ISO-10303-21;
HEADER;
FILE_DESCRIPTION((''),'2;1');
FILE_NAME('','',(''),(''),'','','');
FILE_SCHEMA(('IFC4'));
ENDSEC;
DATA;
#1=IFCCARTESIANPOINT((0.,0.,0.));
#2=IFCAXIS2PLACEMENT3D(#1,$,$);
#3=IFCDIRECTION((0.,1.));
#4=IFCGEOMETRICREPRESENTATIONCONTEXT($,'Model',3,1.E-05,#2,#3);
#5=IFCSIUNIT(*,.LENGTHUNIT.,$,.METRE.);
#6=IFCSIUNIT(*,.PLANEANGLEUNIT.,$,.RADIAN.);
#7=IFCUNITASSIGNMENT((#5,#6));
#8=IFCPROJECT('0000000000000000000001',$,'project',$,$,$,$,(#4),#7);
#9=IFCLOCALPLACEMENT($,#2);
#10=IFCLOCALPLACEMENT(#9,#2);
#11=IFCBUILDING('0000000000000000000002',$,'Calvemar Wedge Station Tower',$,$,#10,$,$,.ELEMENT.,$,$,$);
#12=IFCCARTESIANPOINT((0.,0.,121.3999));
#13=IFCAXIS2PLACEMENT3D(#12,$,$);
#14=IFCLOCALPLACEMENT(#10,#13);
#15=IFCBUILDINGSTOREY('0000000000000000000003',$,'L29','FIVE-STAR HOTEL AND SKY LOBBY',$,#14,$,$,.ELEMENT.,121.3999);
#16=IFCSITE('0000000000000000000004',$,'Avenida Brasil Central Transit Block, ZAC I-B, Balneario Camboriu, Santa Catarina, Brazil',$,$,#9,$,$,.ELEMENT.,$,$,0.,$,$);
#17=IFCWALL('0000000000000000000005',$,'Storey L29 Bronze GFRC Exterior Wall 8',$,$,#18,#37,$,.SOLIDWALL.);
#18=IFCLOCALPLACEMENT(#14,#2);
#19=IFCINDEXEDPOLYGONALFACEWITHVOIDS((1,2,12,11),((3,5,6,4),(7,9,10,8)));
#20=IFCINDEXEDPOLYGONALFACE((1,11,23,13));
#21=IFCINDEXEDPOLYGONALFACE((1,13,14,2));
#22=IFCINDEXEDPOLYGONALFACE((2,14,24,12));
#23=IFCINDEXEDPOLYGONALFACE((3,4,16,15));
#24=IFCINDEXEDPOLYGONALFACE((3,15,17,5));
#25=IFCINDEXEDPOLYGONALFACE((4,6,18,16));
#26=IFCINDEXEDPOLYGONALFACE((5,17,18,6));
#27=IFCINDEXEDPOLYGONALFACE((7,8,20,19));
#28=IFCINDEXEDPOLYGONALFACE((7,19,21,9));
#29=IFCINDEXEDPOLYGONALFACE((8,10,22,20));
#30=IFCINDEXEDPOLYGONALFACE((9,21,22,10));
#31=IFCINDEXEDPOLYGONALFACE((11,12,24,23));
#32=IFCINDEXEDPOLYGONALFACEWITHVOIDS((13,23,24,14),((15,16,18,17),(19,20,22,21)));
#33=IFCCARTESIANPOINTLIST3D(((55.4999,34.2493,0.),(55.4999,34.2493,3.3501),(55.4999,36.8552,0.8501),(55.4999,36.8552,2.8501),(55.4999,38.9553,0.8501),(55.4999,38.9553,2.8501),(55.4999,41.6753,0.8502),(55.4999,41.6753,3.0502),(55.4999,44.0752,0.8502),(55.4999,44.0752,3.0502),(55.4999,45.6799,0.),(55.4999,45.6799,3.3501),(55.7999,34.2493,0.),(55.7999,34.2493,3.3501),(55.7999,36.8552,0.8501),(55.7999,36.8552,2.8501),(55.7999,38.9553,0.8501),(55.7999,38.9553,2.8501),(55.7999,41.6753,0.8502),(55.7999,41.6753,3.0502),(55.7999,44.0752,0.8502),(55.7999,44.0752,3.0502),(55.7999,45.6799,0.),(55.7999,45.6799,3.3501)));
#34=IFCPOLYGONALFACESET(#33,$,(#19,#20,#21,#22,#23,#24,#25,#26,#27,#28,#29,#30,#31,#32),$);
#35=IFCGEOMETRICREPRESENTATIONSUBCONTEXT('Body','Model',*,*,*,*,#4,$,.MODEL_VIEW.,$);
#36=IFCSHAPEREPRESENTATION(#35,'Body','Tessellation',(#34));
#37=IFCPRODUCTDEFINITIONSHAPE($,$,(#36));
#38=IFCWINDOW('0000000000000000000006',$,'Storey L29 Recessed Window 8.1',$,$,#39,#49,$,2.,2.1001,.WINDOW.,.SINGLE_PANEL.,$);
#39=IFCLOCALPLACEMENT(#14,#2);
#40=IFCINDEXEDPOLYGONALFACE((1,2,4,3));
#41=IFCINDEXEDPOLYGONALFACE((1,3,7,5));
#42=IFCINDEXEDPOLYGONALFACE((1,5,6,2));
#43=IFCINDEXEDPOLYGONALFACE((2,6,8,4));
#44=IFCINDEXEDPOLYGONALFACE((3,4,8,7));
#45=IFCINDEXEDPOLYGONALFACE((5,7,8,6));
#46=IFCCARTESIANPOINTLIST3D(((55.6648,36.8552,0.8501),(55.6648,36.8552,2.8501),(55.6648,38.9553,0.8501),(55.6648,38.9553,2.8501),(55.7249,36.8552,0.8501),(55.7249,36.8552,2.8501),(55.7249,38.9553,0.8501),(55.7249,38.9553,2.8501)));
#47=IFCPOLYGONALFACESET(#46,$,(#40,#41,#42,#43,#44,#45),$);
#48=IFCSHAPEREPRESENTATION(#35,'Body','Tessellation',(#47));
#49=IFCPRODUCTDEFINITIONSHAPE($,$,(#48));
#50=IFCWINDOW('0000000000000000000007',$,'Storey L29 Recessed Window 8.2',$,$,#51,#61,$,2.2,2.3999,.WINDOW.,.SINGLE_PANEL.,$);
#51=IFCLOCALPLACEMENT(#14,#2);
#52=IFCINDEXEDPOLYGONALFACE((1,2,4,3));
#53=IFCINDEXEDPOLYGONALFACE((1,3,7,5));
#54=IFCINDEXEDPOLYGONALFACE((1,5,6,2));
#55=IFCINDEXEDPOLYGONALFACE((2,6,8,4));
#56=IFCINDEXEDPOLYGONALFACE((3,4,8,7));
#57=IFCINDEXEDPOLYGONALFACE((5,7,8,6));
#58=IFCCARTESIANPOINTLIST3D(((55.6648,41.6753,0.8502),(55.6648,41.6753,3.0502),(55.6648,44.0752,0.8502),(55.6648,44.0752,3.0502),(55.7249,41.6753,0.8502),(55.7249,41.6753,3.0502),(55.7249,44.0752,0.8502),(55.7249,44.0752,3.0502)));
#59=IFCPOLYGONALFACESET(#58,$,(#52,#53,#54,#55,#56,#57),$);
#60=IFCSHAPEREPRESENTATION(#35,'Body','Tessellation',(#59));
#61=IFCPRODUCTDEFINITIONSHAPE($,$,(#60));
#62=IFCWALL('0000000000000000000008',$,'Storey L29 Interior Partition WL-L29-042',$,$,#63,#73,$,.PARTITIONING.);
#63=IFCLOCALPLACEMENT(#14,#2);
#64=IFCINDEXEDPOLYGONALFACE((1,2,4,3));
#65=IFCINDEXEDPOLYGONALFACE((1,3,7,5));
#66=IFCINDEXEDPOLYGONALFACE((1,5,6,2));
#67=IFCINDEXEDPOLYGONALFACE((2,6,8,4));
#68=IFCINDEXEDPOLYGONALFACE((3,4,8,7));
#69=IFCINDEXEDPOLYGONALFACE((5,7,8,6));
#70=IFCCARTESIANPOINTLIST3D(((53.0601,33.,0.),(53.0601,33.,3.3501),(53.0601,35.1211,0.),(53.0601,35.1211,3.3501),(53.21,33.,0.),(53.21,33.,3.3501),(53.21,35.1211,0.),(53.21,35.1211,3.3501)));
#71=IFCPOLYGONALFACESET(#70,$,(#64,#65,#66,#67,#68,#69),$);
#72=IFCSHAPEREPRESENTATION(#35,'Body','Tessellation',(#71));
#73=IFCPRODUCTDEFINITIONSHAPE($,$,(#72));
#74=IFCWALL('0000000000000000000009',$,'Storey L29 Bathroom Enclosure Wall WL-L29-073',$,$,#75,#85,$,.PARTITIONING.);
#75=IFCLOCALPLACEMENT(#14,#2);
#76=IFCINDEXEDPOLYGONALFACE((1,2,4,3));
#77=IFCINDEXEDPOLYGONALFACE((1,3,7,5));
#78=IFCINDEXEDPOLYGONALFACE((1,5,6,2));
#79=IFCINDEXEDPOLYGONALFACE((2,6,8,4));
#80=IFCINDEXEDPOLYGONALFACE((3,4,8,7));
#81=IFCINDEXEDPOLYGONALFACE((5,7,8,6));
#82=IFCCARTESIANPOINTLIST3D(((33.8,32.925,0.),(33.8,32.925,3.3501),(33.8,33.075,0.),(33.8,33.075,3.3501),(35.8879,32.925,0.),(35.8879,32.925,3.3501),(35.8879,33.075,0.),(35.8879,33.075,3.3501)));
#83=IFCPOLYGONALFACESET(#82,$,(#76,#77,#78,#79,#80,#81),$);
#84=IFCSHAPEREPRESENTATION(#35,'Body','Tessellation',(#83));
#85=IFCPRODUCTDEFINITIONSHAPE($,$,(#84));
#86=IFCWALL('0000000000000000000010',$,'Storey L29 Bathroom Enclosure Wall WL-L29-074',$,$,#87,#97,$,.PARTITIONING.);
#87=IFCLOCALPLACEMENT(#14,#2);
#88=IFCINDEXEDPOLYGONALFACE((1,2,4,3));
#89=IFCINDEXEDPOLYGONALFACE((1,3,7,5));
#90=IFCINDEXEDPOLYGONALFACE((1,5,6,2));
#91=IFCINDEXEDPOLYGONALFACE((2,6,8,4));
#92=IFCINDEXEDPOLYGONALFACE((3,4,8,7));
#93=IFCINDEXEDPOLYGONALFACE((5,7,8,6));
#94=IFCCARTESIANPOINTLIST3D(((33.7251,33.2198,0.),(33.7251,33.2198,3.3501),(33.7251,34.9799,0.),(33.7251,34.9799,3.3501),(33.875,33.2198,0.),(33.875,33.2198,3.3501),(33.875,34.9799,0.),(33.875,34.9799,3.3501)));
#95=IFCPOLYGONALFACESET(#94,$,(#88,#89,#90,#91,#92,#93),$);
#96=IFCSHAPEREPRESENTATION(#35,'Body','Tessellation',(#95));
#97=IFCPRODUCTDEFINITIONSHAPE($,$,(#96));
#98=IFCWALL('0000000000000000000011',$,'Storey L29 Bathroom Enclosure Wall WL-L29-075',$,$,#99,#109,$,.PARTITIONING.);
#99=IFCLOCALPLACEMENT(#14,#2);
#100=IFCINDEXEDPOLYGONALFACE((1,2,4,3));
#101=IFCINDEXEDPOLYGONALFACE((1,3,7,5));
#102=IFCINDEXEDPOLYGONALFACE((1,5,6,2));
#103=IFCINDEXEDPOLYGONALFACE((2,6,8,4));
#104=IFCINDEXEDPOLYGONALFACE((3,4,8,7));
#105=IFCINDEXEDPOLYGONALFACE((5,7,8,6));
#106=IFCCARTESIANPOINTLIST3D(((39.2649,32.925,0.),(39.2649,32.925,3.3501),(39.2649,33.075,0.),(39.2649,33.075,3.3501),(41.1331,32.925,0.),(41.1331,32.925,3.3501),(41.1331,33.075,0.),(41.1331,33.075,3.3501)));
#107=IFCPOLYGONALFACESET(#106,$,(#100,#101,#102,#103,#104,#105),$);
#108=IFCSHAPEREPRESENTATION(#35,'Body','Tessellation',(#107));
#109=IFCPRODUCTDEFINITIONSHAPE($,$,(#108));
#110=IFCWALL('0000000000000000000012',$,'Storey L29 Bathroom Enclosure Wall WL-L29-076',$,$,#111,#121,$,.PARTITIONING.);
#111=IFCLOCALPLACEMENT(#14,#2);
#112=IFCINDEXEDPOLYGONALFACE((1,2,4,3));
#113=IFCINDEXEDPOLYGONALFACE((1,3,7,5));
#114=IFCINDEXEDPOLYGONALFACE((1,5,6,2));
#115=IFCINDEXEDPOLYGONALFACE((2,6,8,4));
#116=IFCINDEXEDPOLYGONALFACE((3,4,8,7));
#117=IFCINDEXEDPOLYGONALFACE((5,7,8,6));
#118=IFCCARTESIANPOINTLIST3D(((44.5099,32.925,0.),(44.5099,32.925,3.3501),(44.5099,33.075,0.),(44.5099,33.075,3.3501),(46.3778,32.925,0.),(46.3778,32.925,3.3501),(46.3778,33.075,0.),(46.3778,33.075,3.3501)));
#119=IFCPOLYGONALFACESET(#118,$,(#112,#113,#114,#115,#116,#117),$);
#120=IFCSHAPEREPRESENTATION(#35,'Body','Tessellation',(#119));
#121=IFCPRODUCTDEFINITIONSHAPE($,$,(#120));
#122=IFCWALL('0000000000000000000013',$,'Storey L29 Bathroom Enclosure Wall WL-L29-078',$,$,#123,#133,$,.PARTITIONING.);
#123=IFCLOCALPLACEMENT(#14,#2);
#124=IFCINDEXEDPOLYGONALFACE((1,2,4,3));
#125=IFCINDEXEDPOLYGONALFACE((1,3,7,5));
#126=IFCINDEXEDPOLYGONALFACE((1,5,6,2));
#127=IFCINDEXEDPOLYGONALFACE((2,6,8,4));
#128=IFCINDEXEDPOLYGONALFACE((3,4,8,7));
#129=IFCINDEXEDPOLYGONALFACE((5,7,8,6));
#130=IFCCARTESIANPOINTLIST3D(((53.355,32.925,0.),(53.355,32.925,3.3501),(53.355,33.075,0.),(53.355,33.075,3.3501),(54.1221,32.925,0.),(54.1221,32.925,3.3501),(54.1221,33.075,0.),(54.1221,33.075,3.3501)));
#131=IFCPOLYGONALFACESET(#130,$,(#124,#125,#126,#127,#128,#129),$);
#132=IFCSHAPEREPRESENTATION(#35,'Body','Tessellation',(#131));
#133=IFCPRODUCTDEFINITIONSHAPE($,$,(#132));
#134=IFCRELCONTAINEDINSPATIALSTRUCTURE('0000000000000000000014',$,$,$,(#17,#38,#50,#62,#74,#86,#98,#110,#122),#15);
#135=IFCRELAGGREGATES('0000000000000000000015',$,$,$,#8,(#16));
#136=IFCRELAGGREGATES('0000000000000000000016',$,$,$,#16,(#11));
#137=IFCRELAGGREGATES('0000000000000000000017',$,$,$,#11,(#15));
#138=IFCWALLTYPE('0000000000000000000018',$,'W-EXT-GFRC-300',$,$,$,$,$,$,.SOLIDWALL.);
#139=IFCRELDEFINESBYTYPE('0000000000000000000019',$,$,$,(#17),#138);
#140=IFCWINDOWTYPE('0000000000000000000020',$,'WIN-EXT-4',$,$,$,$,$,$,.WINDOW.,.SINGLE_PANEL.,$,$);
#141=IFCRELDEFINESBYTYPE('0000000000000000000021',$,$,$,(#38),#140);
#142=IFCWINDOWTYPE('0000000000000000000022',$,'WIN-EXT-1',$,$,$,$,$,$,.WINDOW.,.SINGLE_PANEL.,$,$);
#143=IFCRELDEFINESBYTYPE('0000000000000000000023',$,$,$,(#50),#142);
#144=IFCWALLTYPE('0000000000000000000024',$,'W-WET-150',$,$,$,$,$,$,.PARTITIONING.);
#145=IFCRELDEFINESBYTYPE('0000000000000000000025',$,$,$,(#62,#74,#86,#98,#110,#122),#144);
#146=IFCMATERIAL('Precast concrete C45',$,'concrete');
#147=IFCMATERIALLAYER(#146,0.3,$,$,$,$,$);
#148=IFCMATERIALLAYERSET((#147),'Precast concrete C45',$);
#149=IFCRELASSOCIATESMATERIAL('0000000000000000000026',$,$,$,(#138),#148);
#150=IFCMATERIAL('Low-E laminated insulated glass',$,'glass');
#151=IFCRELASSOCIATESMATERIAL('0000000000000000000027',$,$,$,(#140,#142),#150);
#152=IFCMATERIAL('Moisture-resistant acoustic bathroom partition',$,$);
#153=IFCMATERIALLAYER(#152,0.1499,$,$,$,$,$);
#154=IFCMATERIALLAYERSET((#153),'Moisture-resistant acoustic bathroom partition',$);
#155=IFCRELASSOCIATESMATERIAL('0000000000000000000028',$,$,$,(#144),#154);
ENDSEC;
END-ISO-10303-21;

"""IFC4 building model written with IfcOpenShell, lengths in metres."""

from ifc_helpers import new_model, si_unit, direction, frame, frame_2d, origin, place, context, subcontext, project, spatial, rectangle, extrude, source, transform, mapped, material, layer, layer_set, type_object, element, fill, save


model = new_model("IFC4")

# Units and contexts
model_context = context("Model", 3, precision=1e-05, world=origin(), true_north=direction((0.0, 1.0)))
body_context = subcontext(model_context, "Body", "Model", "MODEL_VIEW")
ifc_project = project(units=[si_unit("LENGTHUNIT", "METRE"), si_unit("PLANEANGLEUNIT", "RADIAN")], contexts=[model_context])

# Site, building, storey
site_placement = place(None, origin())
site = spatial("IfcSite", under=ifc_project, at=site_placement, Name="Avenida Brasil Central Transit Block, ZAC I-B, Balneario Camboriu, Santa Catarina, Brazil", CompositionType="ELEMENT", RefElevation=0.0)
building_placement = place(site_placement, origin())
building = spatial("IfcBuilding", under=site, at=building_placement, Name="Calvemar Wedge Station Tower", CompositionType="ELEMENT")
storey_placement = place(building_placement, frame((0.0, 0.0, 121.3999)))
storey = spatial("IfcBuildingStorey", under=building, at=storey_placement, Name="L29", Description="FIVE-STAR HOTEL AND SKY LOBBY", CompositionType="ELEMENT", Elevation=121.3999)

# Shared definitions
ifc_material_1 = material(Name="Low-E laminated insulated glass", Category="glass")

# Shared definitions
ifc_material_2 = material(Name="Precast concrete C45", Category="concrete")
ifc_layer_1 = layer(ifc_material_2, 0.3)
ifc_layer_set_1 = layer_set([ifc_layer_1], Name="Precast concrete C45")
wall_type_1 = type_object("IfcWallType", Name="W-EXT-GFRC-300", PredefinedType="SOLIDWALL", material=ifc_layer_set_1)

# Wall, openings, windows
wall_1_placement = place(storey_placement, frame((55.6499, 34.2493, 0.0), z_axis=(0.0, 0.0, 1.0), x_axis=(0.0, 1.0, 0.0)))
wall_1 = element("IfcWall", 1, at=wall_1_placement, inside=storey, type_object=wall_type_1, Name="Storey L29 Bronze GFRC Exterior Wall 8", PredefinedType="SOLIDWALL", context=body_context, shape_type="SweptSolid", body=[
    extrude(rectangle(XDim=11.4307, YDim=0.3, at=frame_2d((5.7153, 0.0))), origin(), (0.0, 0.0, 1.0), 3.3501),
])
shared_shape_1 = source(origin(), body_context, "Body", "SweptSolid", [
    extrude(rectangle(XDim=2.1001, YDim=2.0, at=frame_2d((1.05, 1.0))), frame((0.0, 0.1602, 0.0), z_axis=(0.0, -1.0, 0.0), x_axis=(1.0, 0.0, 0.0)), (0.0, 0.0, 1.0), 0.3201),
])
opening_1_placement = place(wall_1_placement, frame((2.606, 0.0, 0.8501)))
opening_1 = element("IfcOpeningElement", 2, at=opening_1_placement, cuts=wall_1, PredefinedType="OPENING", context=body_context, shape_type="MappedRepresentation", body=[
    mapped(shared_shape_1, transform((0.0, 0.0, 0.0), scale=1.0)),
])
shared_shape_2 = source(origin(), body_context, "Body", "SweptSolid", [
    extrude(rectangle(XDim=2.3999, YDim=2.2, at=frame_2d((1.2, 1.1001))), frame((0.0, 0.1602, 0.0), z_axis=(0.0, -1.0, 0.0), x_axis=(1.0, 0.0, 0.0)), (0.0, 0.0, 1.0), 0.3201),
])
opening_2_placement = place(wall_1_placement, frame((7.426, 0.0, 0.8501)))
opening_2 = element("IfcOpeningElement", 3, at=opening_2_placement, cuts=wall_1, PredefinedType="OPENING", context=body_context, shape_type="MappedRepresentation", body=[
    mapped(shared_shape_2, transform((0.0, 0.0, 0.0), scale=1.0)),
])
window_type_1 = type_object("IfcWindowType", Name="WIN-EXT-4", PartitioningType="SINGLE_PANEL", PredefinedType="WINDOW", material=ifc_material_1)
shared_shape_3 = source(origin(), body_context, "Body", "SweptSolid", [
    extrude(rectangle(XDim=2.1001, YDim=2.0, at=frame_2d((1.05, 1.0))), frame((0.0, -0.0149, 0.0), z_axis=(0.0, -1.0, 0.0), x_axis=(1.0, 0.0, 0.0)), (0.0, 0.0, 1.0), 0.0601),
])
window_1_placement = place(opening_1_placement, origin())
window_1 = element("IfcWindow", 4, at=window_1_placement, inside=storey, type_object=window_type_1, Name="Storey L29 Recessed Window 8.1", OverallHeight=2.0, OverallWidth=2.1001, PartitioningType="SINGLE_PANEL", PredefinedType="WINDOW", context=body_context, shape_type="MappedRepresentation", body=[
    mapped(shared_shape_3, transform((0.0, 0.0, 0.0), scale=1.0)),
])
fill(opening_1, window_1)
window_type_2 = type_object("IfcWindowType", Name="WIN-EXT-1", PartitioningType="SINGLE_PANEL", PredefinedType="WINDOW", material=ifc_material_1)
shared_shape_4 = source(origin(), body_context, "Body", "SweptSolid", [
    extrude(rectangle(XDim=2.3999, YDim=2.2, at=frame_2d((1.2, 1.1001))), frame((0.0, -0.0149, 0.0), z_axis=(0.0, -1.0, 0.0), x_axis=(1.0, 0.0, 0.0)), (0.0, 0.0, 1.0), 0.0601),
])
window_2_placement = place(opening_2_placement, origin())
window_2 = element("IfcWindow", 5, at=window_2_placement, inside=storey, type_object=window_type_2, Name="Storey L29 Recessed Window 8.2", OverallHeight=2.2, OverallWidth=2.3999, PartitioningType="SINGLE_PANEL", PredefinedType="WINDOW", context=body_context, shape_type="MappedRepresentation", body=[
    mapped(shared_shape_4, transform((0.0, 0.0, 0.0), scale=1.0)),
])
fill(opening_2, window_2)

# Walls
ifc_material_3 = material(Name="Moisture-resistant acoustic bathroom partition")
ifc_layer_2 = layer(ifc_material_3, 0.1499)
ifc_layer_set_2 = layer_set([ifc_layer_2], Name="Moisture-resistant acoustic bathroom partition")
wall_type_2 = type_object("IfcWallType", Name="W-WET-150", PredefinedType="PARTITIONING", material=ifc_layer_set_2)
wall_2_placement = place(storey_placement, frame((53.135, 33.0, 0.0), z_axis=(0.0, 0.0, 1.0), x_axis=(0.0, 1.0, 0.0)))
element("IfcWall", 6, at=wall_2_placement, inside=storey, type_object=wall_type_2, Name="Storey L29 Interior Partition WL-L29-042", PredefinedType="PARTITIONING", context=body_context, shape_type="SweptSolid", body=[
    extrude(rectangle(XDim=2.1211, YDim=0.1499, at=frame_2d((1.0605, 0.0))), origin(), (0.0, 0.0, 1.0), 3.3501),
])
wall_3_placement = place(storey_placement, frame((35.8879, 33.0, 0.0), z_axis=(0.0, 0.0, 1.0), x_axis=(-1.0, 0.0, 0.0)))
element("IfcWall", 7, at=wall_3_placement, inside=storey, type_object=wall_type_2, Name="Storey L29 Bathroom Enclosure Wall WL-L29-073", PredefinedType="PARTITIONING", context=body_context, shape_type="SweptSolid", body=[
    extrude(rectangle(XDim=2.0879, YDim=0.1499, at=frame_2d((1.0439, 0.0))), origin(), (0.0, 0.0, 1.0), 3.3501),
])
wall_4_placement = place(storey_placement, frame((33.8, 33.22, 0.0), z_axis=(0.0, 0.0, 1.0), x_axis=(0.0, 1.0, 0.0)))
element("IfcWall", 8, at=wall_4_placement, inside=storey, type_object=wall_type_2, Name="Storey L29 Bathroom Enclosure Wall WL-L29-074", PredefinedType="PARTITIONING", context=body_context, shape_type="SweptSolid", body=[
    extrude(rectangle(XDim=1.76, YDim=0.1499, at=frame_2d((0.8799, 0.0))), origin(), (0.0, 0.0, 1.0), 3.3501),
])
wall_5_placement = place(storey_placement, frame((41.1331, 33.0, 0.0), z_axis=(0.0, 0.0, 1.0), x_axis=(-1.0, 0.0, 0.0)))
element("IfcWall", 9, at=wall_5_placement, inside=storey, type_object=wall_type_2, Name="Storey L29 Bathroom Enclosure Wall WL-L29-075", PredefinedType="PARTITIONING", context=body_context, shape_type="SweptSolid", body=[
    extrude(rectangle(XDim=1.8682, YDim=0.1499, at=frame_2d((0.9341, 0.0))), origin(), (0.0, 0.0, 1.0), 3.3501),
])
wall_6_placement = place(storey_placement, frame((46.3779, 33.0, 0.0), z_axis=(0.0, 0.0, 1.0), x_axis=(-1.0, 0.0, 0.0)))
element("IfcWall", 10, at=wall_6_placement, inside=storey, type_object=wall_type_2, Name="Storey L29 Bathroom Enclosure Wall WL-L29-076", PredefinedType="PARTITIONING", context=body_context, shape_type="SweptSolid", body=[
    extrude(rectangle(XDim=1.8679, YDim=0.1499, at=frame_2d((0.9341, 0.0))), origin(), (0.0, 0.0, 1.0), 3.3501),
])
wall_7_placement = place(storey_placement, frame((54.1221, 33.0, 0.0), z_axis=(0.0, 0.0, 1.0), x_axis=(-1.0, 0.0, 0.0)))
element("IfcWall", 11, at=wall_7_placement, inside=storey, type_object=wall_type_2, Name="Storey L29 Bathroom Enclosure Wall WL-L29-078", PredefinedType="PARTITIONING", context=body_context, shape_type="SweptSolid", body=[
    extrude(rectangle(XDim=0.7671, YDim=0.1499, at=frame_2d((0.3835, 0.0))), origin(), (0.0, 0.0, 1.0), 3.3501),
])

save(model, "model.ifc")
